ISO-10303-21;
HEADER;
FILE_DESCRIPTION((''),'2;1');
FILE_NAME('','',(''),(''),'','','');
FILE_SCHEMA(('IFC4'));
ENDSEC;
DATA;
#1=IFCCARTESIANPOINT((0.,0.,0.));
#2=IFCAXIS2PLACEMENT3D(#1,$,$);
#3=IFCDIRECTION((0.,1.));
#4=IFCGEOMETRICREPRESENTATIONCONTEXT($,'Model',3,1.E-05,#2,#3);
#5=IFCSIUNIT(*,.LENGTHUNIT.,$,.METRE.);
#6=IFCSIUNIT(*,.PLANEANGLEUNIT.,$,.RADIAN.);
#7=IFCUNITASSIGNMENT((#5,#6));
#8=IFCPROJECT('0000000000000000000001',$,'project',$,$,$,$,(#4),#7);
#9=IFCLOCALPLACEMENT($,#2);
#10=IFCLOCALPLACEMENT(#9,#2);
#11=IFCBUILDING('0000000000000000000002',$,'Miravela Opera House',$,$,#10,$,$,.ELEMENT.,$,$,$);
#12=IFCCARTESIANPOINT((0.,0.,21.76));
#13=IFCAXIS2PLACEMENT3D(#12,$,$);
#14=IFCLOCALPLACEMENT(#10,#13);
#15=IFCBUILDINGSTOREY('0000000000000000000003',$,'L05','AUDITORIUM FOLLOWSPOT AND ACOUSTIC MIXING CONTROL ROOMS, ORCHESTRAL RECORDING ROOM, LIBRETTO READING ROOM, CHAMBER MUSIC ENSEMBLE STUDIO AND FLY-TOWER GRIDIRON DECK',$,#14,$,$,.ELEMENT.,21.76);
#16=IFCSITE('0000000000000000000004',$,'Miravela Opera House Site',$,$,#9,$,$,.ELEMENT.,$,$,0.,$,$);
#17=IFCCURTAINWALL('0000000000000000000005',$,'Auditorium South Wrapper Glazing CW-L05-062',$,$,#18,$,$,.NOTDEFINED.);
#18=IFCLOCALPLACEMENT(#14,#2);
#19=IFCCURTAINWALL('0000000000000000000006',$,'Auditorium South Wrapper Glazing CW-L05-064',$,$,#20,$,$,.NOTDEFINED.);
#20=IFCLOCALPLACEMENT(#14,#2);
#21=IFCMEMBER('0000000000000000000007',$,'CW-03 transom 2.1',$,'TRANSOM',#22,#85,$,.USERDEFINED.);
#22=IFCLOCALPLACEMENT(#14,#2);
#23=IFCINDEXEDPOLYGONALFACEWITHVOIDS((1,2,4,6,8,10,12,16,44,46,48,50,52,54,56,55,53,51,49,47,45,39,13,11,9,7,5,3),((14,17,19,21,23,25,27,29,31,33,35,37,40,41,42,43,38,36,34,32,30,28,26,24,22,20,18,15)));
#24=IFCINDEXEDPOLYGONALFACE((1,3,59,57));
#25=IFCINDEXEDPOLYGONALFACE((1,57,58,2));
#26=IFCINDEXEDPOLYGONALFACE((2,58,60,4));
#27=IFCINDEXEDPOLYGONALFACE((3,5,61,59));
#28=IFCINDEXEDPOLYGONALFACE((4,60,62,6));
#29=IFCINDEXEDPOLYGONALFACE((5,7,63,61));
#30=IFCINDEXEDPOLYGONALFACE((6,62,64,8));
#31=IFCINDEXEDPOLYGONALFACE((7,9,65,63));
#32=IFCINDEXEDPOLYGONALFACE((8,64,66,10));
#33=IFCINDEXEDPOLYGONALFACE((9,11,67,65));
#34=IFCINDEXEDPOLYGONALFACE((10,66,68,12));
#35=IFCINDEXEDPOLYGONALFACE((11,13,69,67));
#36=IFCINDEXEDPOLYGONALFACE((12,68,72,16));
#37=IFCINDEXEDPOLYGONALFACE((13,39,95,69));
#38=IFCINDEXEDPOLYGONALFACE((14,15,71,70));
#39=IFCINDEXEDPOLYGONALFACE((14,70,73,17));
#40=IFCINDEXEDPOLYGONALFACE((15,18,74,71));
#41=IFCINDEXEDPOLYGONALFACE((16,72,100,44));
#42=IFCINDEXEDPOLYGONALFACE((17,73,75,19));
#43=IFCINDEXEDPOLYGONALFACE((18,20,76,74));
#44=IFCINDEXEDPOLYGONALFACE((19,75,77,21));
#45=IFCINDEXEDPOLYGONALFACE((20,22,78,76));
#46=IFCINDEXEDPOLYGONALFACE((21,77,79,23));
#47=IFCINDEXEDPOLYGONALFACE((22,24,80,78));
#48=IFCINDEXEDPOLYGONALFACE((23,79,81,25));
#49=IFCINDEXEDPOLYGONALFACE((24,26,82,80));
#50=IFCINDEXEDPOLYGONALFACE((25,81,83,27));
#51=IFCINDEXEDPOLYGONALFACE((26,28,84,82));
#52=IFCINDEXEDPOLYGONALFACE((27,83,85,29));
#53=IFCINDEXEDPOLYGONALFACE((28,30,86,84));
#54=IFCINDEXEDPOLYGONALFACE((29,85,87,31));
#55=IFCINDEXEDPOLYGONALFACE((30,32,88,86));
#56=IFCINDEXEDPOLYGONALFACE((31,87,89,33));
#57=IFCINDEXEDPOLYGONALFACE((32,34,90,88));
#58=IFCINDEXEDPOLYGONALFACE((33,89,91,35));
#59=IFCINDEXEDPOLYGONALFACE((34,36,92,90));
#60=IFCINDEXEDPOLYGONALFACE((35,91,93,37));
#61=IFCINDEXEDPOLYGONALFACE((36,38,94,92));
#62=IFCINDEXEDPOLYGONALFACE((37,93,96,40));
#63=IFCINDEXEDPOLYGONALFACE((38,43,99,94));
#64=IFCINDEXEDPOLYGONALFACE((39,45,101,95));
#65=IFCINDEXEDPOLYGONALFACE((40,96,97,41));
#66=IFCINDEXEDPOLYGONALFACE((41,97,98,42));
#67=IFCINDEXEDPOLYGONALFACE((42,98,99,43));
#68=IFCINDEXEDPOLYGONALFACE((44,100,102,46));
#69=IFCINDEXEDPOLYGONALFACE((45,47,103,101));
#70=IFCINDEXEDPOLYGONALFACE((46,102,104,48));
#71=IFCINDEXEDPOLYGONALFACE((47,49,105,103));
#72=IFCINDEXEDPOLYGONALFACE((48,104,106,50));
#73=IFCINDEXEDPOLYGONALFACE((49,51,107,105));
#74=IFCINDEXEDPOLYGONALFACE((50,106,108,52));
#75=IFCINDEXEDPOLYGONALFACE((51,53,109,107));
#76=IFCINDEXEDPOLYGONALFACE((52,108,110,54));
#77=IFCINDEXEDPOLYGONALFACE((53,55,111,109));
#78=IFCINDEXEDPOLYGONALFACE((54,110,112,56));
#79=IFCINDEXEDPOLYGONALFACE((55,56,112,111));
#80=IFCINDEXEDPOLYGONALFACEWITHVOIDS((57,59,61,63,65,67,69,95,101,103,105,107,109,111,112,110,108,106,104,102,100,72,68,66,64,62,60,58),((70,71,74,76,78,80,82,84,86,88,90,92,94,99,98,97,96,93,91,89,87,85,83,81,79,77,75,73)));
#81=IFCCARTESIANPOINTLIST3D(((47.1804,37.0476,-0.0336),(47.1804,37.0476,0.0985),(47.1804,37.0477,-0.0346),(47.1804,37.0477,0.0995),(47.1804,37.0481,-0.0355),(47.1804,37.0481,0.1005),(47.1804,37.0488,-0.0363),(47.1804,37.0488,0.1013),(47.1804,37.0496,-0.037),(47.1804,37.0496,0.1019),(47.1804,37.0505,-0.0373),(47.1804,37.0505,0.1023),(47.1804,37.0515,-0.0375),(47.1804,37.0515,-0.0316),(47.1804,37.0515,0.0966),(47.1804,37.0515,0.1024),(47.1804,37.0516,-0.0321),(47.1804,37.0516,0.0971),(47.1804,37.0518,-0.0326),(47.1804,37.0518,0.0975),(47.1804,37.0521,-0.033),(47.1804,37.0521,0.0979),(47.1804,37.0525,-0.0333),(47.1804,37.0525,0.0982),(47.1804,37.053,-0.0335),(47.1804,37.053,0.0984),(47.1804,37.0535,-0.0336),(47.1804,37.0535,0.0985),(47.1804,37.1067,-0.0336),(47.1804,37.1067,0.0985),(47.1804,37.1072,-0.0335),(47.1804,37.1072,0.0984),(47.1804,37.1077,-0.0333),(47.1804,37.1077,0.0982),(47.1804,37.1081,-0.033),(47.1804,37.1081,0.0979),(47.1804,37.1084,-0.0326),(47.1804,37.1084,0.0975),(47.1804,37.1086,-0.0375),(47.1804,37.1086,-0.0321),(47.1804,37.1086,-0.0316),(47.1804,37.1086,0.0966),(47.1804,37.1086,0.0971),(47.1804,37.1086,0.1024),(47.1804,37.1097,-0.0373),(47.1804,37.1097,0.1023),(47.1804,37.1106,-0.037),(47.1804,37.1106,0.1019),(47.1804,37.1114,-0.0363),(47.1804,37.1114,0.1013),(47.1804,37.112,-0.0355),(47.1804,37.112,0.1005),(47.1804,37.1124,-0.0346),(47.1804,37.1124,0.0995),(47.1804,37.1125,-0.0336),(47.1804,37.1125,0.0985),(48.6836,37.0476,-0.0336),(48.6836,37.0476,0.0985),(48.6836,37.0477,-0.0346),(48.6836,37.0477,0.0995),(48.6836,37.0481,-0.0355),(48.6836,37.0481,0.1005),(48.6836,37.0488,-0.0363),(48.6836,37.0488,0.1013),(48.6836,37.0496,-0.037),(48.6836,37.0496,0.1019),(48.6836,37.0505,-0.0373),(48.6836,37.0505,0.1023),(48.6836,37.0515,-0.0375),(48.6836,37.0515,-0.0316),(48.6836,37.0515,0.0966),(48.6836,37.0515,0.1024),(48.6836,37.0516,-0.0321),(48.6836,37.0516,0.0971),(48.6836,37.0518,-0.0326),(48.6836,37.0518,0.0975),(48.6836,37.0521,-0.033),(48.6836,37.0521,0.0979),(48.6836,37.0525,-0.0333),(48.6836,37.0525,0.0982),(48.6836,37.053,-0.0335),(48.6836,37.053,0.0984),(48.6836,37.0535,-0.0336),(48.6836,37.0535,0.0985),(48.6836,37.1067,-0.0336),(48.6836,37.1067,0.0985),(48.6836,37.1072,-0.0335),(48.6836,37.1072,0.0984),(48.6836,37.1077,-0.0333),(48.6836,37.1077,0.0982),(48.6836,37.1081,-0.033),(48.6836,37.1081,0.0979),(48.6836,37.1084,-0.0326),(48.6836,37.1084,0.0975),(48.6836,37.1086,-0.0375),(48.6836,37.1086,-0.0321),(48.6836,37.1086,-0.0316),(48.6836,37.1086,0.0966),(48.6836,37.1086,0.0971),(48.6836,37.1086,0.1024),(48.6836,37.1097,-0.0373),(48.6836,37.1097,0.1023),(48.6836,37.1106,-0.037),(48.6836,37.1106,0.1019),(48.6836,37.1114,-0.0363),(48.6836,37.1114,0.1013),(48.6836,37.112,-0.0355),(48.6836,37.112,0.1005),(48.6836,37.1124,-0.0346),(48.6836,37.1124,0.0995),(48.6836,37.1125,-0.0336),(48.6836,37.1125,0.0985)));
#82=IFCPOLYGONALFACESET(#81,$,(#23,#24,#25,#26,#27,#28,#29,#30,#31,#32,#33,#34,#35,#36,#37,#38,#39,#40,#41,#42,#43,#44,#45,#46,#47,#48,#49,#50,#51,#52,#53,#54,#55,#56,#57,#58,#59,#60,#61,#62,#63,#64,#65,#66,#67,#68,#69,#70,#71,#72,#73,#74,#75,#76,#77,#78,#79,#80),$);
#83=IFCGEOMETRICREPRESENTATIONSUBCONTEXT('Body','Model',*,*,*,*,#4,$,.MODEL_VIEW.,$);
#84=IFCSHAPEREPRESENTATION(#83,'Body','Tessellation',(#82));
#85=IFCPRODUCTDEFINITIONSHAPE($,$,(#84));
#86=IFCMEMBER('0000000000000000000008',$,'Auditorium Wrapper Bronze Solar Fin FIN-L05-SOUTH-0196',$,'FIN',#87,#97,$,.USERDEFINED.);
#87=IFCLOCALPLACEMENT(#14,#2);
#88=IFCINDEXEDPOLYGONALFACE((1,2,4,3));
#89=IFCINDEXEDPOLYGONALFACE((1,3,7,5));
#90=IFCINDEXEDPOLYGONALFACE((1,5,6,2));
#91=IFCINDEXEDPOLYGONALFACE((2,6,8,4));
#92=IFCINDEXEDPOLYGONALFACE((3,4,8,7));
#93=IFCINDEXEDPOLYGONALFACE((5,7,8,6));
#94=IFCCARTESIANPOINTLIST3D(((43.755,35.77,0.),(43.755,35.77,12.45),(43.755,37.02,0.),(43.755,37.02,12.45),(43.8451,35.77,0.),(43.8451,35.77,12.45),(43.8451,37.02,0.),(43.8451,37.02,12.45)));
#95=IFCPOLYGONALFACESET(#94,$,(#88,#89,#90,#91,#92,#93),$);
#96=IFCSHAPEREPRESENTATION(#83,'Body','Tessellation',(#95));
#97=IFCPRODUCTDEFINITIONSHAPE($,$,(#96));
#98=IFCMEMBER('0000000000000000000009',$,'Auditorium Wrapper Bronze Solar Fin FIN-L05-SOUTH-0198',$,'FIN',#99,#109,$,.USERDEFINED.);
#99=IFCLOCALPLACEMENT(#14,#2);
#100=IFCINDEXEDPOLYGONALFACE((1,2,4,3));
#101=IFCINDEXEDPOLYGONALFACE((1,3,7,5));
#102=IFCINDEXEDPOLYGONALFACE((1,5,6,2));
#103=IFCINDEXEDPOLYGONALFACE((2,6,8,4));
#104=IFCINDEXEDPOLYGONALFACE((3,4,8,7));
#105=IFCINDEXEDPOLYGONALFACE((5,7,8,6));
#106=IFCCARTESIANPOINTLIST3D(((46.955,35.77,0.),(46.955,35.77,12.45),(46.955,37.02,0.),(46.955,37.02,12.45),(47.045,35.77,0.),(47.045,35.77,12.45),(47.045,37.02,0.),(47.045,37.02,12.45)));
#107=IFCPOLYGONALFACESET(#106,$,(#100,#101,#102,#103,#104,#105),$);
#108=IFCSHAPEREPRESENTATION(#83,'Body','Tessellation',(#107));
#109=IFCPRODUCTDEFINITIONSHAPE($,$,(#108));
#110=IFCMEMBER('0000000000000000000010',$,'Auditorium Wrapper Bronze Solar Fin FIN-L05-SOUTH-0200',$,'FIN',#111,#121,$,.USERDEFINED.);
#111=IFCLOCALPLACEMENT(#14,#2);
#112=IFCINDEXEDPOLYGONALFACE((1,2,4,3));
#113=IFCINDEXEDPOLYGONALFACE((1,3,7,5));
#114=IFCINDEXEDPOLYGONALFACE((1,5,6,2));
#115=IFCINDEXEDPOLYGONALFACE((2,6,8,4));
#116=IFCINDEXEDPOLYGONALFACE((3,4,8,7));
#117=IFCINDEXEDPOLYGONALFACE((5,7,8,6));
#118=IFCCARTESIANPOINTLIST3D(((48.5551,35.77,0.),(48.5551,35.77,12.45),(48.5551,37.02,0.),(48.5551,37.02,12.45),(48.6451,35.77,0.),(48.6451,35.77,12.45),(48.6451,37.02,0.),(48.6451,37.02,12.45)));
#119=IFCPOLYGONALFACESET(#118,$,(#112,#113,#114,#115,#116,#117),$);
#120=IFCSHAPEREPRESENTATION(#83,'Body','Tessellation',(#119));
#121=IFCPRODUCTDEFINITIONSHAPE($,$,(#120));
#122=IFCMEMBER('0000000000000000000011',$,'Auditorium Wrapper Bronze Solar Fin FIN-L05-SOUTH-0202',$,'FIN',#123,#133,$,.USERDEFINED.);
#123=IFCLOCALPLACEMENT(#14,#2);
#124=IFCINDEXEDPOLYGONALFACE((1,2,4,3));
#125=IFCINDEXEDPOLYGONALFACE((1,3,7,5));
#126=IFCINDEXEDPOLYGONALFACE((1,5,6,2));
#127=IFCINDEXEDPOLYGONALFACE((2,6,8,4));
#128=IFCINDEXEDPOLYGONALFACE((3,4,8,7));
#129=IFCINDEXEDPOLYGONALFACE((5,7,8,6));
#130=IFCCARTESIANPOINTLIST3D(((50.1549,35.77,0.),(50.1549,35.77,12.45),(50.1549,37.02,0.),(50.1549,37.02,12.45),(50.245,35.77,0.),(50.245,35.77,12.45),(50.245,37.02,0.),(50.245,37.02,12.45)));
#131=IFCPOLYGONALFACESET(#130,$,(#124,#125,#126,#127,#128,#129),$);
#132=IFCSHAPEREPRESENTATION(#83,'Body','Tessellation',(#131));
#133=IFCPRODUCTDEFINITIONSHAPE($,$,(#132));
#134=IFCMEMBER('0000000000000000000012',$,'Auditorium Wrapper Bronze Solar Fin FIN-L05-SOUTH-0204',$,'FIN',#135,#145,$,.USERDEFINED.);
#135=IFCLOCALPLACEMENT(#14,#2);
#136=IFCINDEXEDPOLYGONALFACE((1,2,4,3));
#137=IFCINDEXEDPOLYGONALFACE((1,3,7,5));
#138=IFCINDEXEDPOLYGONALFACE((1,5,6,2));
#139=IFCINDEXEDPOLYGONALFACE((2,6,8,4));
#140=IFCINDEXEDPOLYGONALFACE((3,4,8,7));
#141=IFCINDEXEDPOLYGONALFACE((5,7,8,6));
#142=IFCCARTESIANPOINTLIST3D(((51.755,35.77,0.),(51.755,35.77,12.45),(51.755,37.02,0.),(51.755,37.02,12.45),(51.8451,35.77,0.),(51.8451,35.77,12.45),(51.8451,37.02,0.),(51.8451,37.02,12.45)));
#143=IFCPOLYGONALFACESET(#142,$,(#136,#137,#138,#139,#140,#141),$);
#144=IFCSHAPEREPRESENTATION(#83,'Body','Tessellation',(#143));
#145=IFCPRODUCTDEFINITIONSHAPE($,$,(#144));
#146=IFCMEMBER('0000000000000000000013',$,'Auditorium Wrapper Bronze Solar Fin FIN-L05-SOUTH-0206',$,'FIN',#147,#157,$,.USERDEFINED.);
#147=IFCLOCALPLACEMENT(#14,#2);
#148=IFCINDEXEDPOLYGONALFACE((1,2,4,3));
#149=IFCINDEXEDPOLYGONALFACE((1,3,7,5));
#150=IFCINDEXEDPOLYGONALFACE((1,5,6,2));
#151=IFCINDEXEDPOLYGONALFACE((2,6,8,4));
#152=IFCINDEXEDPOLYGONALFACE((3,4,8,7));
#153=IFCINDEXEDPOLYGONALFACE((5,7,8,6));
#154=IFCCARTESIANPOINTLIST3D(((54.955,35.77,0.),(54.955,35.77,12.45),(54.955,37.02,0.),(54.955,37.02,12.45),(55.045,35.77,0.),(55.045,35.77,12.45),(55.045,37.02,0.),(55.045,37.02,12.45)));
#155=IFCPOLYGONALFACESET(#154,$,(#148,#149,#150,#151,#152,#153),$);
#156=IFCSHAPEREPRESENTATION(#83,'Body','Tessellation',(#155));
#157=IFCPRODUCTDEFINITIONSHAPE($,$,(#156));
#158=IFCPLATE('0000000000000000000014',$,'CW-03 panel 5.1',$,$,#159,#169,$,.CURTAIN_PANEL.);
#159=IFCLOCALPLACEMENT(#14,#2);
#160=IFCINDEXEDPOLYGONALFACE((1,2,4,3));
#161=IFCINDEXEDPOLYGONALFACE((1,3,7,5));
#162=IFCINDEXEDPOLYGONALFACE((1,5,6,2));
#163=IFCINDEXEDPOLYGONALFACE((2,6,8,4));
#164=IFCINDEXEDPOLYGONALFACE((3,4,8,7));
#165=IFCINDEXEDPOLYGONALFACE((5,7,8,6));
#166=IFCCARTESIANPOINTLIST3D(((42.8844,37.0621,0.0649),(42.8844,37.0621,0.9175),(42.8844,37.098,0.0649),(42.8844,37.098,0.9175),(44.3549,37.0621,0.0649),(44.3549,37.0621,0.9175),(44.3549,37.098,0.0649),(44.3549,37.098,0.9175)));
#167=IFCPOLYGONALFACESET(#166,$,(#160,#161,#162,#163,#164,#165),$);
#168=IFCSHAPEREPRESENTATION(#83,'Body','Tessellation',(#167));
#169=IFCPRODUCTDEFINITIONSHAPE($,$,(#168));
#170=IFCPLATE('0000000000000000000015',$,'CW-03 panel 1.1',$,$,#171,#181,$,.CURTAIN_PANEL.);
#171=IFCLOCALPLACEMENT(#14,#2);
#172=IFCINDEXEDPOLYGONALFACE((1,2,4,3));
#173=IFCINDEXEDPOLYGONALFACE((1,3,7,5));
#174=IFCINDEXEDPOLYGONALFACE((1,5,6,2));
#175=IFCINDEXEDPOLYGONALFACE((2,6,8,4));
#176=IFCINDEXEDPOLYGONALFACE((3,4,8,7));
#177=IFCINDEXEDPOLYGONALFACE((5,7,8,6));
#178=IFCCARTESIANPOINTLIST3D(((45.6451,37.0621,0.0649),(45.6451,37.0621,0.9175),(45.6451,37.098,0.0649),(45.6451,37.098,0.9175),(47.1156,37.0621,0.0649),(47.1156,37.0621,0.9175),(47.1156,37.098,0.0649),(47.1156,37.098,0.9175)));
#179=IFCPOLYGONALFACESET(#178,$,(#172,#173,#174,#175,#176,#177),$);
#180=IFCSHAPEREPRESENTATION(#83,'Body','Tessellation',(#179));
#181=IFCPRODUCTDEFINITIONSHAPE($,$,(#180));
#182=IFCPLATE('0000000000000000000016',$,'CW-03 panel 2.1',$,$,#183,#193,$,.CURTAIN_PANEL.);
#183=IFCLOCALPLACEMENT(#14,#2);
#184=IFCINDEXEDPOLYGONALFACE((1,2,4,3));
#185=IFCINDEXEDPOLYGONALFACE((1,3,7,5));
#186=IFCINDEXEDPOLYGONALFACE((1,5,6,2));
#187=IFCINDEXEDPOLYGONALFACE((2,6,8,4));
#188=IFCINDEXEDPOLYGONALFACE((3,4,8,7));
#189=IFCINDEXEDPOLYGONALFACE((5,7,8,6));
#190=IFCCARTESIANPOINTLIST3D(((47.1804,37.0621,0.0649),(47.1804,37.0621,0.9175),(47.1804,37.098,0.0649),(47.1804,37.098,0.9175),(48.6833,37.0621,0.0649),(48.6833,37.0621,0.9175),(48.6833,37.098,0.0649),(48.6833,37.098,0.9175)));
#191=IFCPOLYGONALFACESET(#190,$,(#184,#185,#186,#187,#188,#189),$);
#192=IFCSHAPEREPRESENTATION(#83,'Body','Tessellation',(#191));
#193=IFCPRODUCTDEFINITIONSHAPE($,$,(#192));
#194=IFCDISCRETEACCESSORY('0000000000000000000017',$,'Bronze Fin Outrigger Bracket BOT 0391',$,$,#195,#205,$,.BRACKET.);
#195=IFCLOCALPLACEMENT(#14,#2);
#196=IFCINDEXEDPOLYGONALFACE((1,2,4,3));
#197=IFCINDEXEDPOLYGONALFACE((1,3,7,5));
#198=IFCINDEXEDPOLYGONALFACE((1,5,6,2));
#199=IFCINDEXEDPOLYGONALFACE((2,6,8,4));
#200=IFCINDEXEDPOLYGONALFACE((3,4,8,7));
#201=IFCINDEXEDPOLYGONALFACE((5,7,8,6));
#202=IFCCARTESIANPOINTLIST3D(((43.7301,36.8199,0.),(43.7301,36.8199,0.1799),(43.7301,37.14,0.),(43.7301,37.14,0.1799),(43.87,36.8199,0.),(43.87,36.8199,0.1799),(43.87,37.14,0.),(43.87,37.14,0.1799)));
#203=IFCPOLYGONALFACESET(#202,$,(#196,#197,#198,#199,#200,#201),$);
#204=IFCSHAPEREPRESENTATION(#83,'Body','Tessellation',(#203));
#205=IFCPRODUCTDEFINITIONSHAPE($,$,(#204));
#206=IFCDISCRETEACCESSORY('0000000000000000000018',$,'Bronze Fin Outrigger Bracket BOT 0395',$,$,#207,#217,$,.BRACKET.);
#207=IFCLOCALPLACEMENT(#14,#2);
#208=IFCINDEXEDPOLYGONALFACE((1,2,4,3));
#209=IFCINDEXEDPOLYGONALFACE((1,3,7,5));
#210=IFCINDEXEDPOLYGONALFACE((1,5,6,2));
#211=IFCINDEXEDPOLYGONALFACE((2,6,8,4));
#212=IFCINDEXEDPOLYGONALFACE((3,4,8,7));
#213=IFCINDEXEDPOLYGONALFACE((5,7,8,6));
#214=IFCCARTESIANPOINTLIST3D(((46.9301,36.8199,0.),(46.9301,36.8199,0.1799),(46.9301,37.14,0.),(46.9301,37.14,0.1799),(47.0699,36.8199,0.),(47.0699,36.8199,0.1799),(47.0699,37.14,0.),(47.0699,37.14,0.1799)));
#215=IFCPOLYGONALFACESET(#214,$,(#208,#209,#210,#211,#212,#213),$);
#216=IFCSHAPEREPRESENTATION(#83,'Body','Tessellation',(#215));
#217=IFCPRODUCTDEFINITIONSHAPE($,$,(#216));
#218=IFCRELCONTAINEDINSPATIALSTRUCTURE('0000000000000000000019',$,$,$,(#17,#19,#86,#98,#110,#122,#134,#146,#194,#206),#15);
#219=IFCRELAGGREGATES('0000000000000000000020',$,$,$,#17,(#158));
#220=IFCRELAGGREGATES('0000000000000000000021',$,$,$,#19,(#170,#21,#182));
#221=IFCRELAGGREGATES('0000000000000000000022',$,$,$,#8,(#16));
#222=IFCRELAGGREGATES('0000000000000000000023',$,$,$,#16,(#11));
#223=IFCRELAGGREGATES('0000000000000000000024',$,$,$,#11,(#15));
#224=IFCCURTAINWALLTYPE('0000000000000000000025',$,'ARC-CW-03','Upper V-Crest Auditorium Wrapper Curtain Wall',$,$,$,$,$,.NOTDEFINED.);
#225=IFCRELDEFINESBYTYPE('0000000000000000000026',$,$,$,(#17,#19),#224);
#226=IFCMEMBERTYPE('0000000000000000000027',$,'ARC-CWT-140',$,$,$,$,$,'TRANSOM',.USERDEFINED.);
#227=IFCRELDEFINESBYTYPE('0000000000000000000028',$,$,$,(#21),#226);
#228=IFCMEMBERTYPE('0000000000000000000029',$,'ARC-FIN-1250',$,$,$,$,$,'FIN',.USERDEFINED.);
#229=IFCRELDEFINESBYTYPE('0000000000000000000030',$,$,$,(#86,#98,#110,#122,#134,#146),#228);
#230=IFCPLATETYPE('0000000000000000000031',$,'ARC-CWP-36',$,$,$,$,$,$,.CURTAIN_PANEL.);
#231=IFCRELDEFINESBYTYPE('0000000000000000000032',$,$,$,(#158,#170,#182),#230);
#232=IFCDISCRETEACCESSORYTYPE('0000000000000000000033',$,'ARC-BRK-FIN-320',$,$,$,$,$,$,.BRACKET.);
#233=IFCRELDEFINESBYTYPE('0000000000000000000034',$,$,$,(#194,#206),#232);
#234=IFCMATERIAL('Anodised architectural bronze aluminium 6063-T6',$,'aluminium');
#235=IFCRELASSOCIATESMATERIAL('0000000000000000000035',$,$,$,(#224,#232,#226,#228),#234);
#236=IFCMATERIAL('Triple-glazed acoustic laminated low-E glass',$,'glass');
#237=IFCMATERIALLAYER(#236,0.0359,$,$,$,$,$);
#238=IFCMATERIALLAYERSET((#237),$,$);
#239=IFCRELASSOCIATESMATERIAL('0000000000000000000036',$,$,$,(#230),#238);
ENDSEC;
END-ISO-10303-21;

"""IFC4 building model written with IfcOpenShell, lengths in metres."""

from ifc_helpers import new_model, si_unit, direction, frame, origin, origin_2d, place, context, subcontext, project, spatial, rectangle, hollow_rectangle, extrude, material, layer, layer_set, material_profile, profile_set, type_object, element, aggregate, save


model = new_model("IFC4")

# Units and contexts
model_context = context("Model", 3, precision=1e-05, world=origin(), true_north=direction((0.0, 1.0)))
body_context = subcontext(model_context, "Body", "Model", "MODEL_VIEW")
ifc_project = project(units=[si_unit("LENGTHUNIT", "METRE"), si_unit("PLANEANGLEUNIT", "RADIAN")], contexts=[model_context])

# Site, building, storey
site_placement = place(None, origin())
site = spatial("IfcSite", under=ifc_project, at=site_placement, Name="Miravela Opera House Site", CompositionType="ELEMENT", RefElevation=0.0)
building_placement = place(site_placement, origin())
building = spatial("IfcBuilding", under=site, at=building_placement, Name="Miravela Opera House", CompositionType="ELEMENT")
storey_placement = place(building_placement, frame((0.0, 0.0, 21.76)))
storey = spatial("IfcBuildingStorey", under=building, at=storey_placement, Name="L05", Description="AUDITORIUM FOLLOWSPOT AND ACOUSTIC MIXING CONTROL ROOMS, ORCHESTRAL RECORDING ROOM, LIBRETTO READING ROOM, CHAMBER MUSIC ENSEMBLE STUDIO AND FLY-TOWER GRIDIRON DECK", CompositionType="ELEMENT", Elevation=21.76)

# Curtain wall
ifc_material_1 = material(Name="Anodised architectural bronze aluminium 6063-T6", Category="aluminium")
curtain_wall_type = type_object("IfcCurtainWallType", Name="ARC-CW-03", Description="Upper V-Crest Auditorium Wrapper Curtain Wall", PredefinedType="NOTDEFINED", material=ifc_material_1)
curtain_wall_1_placement = place(storey_placement, origin())
curtain_wall_1 = element("IfcCurtainWall", 1, at=curtain_wall_1_placement, inside=storey, type_object=curtain_wall_type, Name="Auditorium South Wrapper Glazing CW-L05-062", PredefinedType="NOTDEFINED")

# Curtain wall, member
curtain_wall_2_placement = place(storey_placement, origin())
curtain_wall_2 = element("IfcCurtainWall", 2, at=curtain_wall_2_placement, inside=storey, type_object=curtain_wall_type, Name="Auditorium South Wrapper Glazing CW-L05-064", PredefinedType="NOTDEFINED")
ifc_material_profile_1 = material_profile(ifc_material_1, hollow_rectangle(XDim=0.0649, YDim=0.1399, WallThickness=0.0039, InnerFilletRadius=0.002, OuterFilletRadius=0.0039, at=origin_2d()), Name="CWT-65X140")
ifc_profile_set_1 = profile_set([ifc_material_profile_1])
member_type_1 = type_object("IfcMemberType", Name="ARC-CWT-140", ElementType="TRANSOM", PredefinedType="USERDEFINED", material=ifc_profile_set_1)
member_1_placement = place(storey_placement, frame((47.1804, 37.0801, 0.0325), z_axis=(1.0, 0.0, 0.0), x_axis=(0.0, 1.0, 0.0)))
member_1 = element("IfcMember", 3, at=member_1_placement, type_object=member_type_1, Name="CW-03 transom 2.1", ObjectType="TRANSOM", PredefinedType="USERDEFINED", context=body_context, shape_type="SweptSolid", body=[
    extrude(hollow_rectangle(XDim=0.0649, YDim=0.1399, WallThickness=0.0039, InnerFilletRadius=0.002, OuterFilletRadius=0.0039, at=origin_2d()), origin(), (0.0, 0.0, 1.0), 1.5032),
])

# Members
ifc_material_profile_2 = material_profile(ifc_material_1, rectangle(XDim=0.0901, YDim=1.25, at=origin_2d()), Name="FIN-1250X90")
ifc_profile_set_2 = profile_set([ifc_material_profile_2])
member_type_2 = type_object("IfcMemberType", Name="ARC-FIN-1250", ElementType="FIN", PredefinedType="USERDEFINED", material=ifc_profile_set_2)
for number, where, z_axis, x_axis, name in (
    (4, (43.8, 36.395, 0.0), (0.0, 0.0, 1.0), (1.0, 0.0, 0.0), "Auditorium Wrapper Bronze Solar Fin FIN-L05-SOUTH-0196"),
    (5, (47.0, 36.395, 0.0), (0.0, 0.0, 1.0), (1.0, 0.0, 0.0), "Auditorium Wrapper Bronze Solar Fin FIN-L05-SOUTH-0198"),
    (6, (48.6001, 36.395, 0.0), (0.0, 0.0, 1.0), (1.0, 0.0, 0.0), "Auditorium Wrapper Bronze Solar Fin FIN-L05-SOUTH-0200"),
    (7, (50.2, 36.395, 0.0), (0.0, 0.0, 1.0), (1.0, 0.0, 0.0), "Auditorium Wrapper Bronze Solar Fin FIN-L05-SOUTH-0202"),
    (8, (51.8, 36.395, 0.0), (0.0, 0.0, 1.0), (1.0, 0.0, 0.0), "Auditorium Wrapper Bronze Solar Fin FIN-L05-SOUTH-0204"),
    (9, (55.0, 36.395, 0.0), (0.0, 0.0, 1.0), (1.0, 0.0, 0.0), "Auditorium Wrapper Bronze Solar Fin FIN-L05-SOUTH-0206"),
):
    element("IfcMember", number, at=place(storey_placement, frame(where, z_axis=z_axis, x_axis=x_axis)), inside=storey, type_object=member_type_2, Name=name, ObjectType="FIN", PredefinedType="USERDEFINED", context=body_context, shape_type="SweptSolid", body=[
        extrude(rectangle(XDim=0.0901, YDim=1.25, at=origin_2d()), origin(), (0.0, 0.0, 1.0), 12.45),
    ])

# Plates
ifc_material_2 = material(Name="Triple-glazed acoustic laminated low-E glass", Category="glass")
ifc_layer = layer(ifc_material_2, 0.0359)
ifc_layer_set = layer_set([ifc_layer])
plate_type = type_object("IfcPlateType", Name="ARC-CWP-36", PredefinedType="CURTAIN_PANEL", material=ifc_layer_set)
plate_1_placement = place(storey_placement, frame((43.6196, 37.0801, 0.0649), z_axis=(0.0, 0.0, 1.0), x_axis=(1.0, 0.0, 0.0)))
plate_1 = element("IfcPlate", 10, at=plate_1_placement, type_object=plate_type, Name="CW-03 panel 5.1", PredefinedType="CURTAIN_PANEL", context=body_context, shape_type="SweptSolid", body=[
    extrude(rectangle(XDim=1.4705, YDim=0.0359, at=origin_2d()), origin(), (0.0, 0.0, 1.0), 0.8525),
])
aggregate(curtain_wall_1, [plate_1])
plate_2_placement = place(storey_placement, frame((46.3804, 37.0801, 0.0649), z_axis=(0.0, 0.0, 1.0), x_axis=(1.0, 0.0, 0.0)))
plate_2 = element("IfcPlate", 11, at=plate_2_placement, type_object=plate_type, Name="CW-03 panel 1.1", PredefinedType="CURTAIN_PANEL", context=body_context, shape_type="SweptSolid", body=[
    extrude(rectangle(XDim=1.4705, YDim=0.0359, at=origin_2d()), origin(), (0.0, 0.0, 1.0), 0.8525),
])
plate_3_placement = place(storey_placement, frame((47.9319, 37.0801, 0.0649), z_axis=(0.0, 0.0, 1.0), x_axis=(1.0, 0.0, 0.0)))
plate_3 = element("IfcPlate", 12, at=plate_3_placement, type_object=plate_type, Name="CW-03 panel 2.1", PredefinedType="CURTAIN_PANEL", context=body_context, shape_type="SweptSolid", body=[
    extrude(rectangle(XDim=1.5029, YDim=0.0359, at=origin_2d()), origin(), (0.0, 0.0, 1.0), 0.8525),
])
aggregate(curtain_wall_2, [plate_2, member_1, plate_3])

# Discrete accessories
discrete_accessory_type = type_object("IfcDiscreteAccessoryType", Name="ARC-BRK-FIN-320", PredefinedType="BRACKET", material=ifc_material_1)
for number, where, z_axis, x_axis, name in (
    (13, (43.8, 36.98, 0.0), (0.0, 0.0, 1.0), (0.0, 1.0, 0.0), "Bronze Fin Outrigger Bracket BOT 0391"),
    (14, (47.0, 36.98, 0.0), (0.0, 0.0, 1.0), (0.0, 1.0, 0.0), "Bronze Fin Outrigger Bracket BOT 0395"),
):
    element("IfcDiscreteAccessory", number, at=place(storey_placement, frame(where, z_axis=z_axis, x_axis=x_axis)), inside=storey, type_object=discrete_accessory_type, Name=name, PredefinedType="BRACKET", context=body_context, shape_type="SweptSolid", body=[
        extrude(rectangle(XDim=0.3201, YDim=0.1399, at=origin_2d()), origin(), (0.0, 0.0, 1.0), 0.1799),
    ])

save(model, "model.ifc")
